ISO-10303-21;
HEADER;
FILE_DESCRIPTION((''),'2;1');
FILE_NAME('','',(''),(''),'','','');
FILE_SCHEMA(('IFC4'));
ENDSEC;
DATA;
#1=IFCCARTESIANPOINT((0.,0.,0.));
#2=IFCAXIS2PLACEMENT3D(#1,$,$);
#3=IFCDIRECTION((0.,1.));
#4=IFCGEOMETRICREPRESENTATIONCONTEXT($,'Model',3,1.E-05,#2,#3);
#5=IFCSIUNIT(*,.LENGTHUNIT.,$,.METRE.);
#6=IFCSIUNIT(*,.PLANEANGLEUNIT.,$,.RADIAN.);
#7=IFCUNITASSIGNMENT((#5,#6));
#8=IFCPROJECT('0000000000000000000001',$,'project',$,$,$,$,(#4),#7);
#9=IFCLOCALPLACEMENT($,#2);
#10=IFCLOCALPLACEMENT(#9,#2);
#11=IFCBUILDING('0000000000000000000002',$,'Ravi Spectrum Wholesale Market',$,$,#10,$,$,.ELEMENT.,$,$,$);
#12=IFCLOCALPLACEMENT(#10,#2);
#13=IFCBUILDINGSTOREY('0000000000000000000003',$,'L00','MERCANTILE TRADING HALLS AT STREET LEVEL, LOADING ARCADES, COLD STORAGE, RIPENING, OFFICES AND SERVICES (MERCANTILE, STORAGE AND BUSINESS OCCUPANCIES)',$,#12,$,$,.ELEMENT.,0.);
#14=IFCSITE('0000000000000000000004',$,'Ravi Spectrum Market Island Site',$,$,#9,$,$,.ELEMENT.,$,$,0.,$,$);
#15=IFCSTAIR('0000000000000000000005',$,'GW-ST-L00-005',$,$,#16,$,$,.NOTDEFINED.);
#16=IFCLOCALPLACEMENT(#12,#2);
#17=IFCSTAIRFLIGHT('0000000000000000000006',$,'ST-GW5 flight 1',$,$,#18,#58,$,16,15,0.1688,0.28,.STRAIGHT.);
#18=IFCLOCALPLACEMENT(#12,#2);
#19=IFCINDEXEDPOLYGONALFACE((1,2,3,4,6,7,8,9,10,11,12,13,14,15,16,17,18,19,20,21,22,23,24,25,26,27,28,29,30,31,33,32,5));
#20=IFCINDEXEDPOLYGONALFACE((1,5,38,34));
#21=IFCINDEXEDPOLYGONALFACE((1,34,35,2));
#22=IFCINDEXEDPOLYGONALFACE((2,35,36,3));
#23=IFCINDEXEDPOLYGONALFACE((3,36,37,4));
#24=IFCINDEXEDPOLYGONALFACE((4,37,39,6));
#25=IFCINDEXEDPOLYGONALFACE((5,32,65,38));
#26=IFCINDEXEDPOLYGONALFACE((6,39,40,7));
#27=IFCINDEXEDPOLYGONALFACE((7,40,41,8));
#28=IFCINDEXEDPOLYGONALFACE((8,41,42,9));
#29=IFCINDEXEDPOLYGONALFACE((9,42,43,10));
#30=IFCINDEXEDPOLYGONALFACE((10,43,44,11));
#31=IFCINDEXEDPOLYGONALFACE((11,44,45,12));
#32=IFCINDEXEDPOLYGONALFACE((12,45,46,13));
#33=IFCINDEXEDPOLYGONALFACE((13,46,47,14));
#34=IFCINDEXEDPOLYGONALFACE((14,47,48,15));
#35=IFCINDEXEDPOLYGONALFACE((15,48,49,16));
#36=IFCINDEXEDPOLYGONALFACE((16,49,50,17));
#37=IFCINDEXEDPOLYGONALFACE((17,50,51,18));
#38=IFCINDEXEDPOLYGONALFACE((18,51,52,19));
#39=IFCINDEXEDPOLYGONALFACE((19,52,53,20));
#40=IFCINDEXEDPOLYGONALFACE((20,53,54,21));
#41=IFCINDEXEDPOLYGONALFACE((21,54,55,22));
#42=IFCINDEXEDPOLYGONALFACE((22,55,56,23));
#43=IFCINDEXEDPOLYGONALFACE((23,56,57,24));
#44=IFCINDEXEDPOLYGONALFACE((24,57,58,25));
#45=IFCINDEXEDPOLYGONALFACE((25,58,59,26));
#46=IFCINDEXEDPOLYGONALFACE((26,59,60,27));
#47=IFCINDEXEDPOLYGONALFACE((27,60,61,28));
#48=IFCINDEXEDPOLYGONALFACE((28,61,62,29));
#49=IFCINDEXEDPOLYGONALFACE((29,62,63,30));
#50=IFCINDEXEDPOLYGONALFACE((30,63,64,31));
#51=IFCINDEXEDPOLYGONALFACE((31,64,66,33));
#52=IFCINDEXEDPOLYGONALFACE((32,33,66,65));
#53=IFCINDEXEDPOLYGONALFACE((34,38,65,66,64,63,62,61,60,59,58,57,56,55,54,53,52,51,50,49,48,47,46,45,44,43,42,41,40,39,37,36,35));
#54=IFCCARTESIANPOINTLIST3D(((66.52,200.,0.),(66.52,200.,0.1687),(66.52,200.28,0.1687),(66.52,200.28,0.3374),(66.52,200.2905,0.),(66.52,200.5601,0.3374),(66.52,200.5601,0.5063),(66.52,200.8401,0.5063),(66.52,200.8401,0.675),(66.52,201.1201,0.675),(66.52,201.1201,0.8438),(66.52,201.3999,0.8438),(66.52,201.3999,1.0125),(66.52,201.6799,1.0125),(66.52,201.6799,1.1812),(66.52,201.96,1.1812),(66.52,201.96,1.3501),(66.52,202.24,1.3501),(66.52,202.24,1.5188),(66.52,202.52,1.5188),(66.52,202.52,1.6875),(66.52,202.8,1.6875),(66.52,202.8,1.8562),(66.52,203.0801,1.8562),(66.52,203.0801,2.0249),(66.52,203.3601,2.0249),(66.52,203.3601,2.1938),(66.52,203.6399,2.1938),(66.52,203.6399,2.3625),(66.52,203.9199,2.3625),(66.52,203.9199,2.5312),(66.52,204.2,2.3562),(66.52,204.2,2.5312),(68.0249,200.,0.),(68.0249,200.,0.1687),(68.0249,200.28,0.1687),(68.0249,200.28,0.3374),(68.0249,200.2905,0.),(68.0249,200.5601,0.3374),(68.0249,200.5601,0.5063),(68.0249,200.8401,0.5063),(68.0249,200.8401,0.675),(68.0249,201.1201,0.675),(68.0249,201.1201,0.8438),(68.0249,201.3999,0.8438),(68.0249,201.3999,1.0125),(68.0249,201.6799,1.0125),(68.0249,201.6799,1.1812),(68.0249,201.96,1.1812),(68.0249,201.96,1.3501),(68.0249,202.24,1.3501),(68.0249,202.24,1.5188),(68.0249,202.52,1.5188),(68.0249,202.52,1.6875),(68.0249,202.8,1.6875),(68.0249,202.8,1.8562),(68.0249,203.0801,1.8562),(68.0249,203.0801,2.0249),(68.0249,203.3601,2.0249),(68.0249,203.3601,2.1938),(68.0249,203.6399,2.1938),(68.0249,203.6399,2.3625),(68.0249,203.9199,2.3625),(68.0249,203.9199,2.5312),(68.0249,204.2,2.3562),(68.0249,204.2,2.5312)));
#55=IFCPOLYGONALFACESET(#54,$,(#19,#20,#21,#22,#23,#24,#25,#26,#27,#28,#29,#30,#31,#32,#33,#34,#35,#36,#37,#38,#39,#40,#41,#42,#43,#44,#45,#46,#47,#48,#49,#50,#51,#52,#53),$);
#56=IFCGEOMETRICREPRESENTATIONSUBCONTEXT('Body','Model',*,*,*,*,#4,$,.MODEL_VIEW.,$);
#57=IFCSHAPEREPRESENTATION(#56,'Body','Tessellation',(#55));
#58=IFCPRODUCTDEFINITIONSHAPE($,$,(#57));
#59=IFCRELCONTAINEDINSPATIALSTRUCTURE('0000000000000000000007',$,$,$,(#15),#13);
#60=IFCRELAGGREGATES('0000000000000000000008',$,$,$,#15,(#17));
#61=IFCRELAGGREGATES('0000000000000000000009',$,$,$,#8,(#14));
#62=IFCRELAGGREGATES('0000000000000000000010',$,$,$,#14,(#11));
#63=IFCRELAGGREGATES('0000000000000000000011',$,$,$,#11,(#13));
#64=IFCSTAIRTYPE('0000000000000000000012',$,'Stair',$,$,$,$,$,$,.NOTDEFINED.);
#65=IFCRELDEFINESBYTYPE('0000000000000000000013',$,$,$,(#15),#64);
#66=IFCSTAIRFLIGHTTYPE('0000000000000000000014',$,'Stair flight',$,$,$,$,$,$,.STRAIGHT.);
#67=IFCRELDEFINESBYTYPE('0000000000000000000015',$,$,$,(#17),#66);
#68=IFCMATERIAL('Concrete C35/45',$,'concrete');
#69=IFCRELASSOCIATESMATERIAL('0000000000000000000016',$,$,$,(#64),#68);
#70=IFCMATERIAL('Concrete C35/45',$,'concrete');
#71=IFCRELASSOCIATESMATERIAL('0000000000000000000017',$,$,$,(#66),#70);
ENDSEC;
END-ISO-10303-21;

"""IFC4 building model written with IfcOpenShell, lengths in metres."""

from ifc_helpers import new_model, si_unit, direction, frame, origin, place, context, subcontext, project, spatial, polyline, outline, extrude, material, type_object, element, aggregate, save


model = new_model("IFC4")

# Units and contexts
model_context = context("Model", 3, precision=1e-05, world=origin(), true_north=direction((0.0, 1.0)))
body_context = subcontext(model_context, "Body", "Model", "MODEL_VIEW")
ifc_project = project(units=[si_unit("LENGTHUNIT", "METRE"), si_unit("PLANEANGLEUNIT", "RADIAN")], contexts=[model_context])

# Site, building, storey
site_placement = place(None, origin())
site = spatial("IfcSite", under=ifc_project, at=site_placement, Name="Ravi Spectrum Market Island Site", CompositionType="ELEMENT", RefElevation=0.0)
building_placement = place(site_placement, origin())
building = spatial("IfcBuilding", under=site, at=building_placement, Name="Ravi Spectrum Wholesale Market", CompositionType="ELEMENT")
storey_placement = place(building_placement, origin())
storey = spatial("IfcBuildingStorey", under=building, at=storey_placement, Name="L00", Description="MERCANTILE TRADING HALLS AT STREET LEVEL, LOADING ARCADES, COLD STORAGE, RIPENING, OFFICES AND SERVICES (MERCANTILE, STORAGE AND BUSINESS OCCUPANCIES)", CompositionType="ELEMENT", Elevation=0.0)

# Stair, stair flight
ifc_material_1 = material(Name="Concrete C35/45", Category="concrete")
stair_type = type_object("IfcStairType", Name="Stair", PredefinedType="NOTDEFINED", material=ifc_material_1)
ifc_material_2 = material(Name="Concrete C35/45", Category="concrete")
stair_flight_type = type_object("IfcStairFlightType", Name="Stair flight", PredefinedType="STRAIGHT", material=ifc_material_2)
stair_1_placement = place(storey_placement, origin())
stair_1 = element("IfcStair", 1, at=stair_1_placement, inside=storey, type_object=stair_type, Name="GW-ST-L00-005", PredefinedType="NOTDEFINED")
stair_flight_1_placement = place(storey_placement, frame((67.2725, 200.0, 0.0), z_axis=(0.0, 0.0, 1.0), x_axis=(0.0, 1.0, 0.0)))
stair_flight_1 = element("IfcStairFlight", 2, at=stair_flight_1_placement, type_object=stair_flight_type, Name="ST-GW5 flight 1", NumberOfRisers=16, NumberOfTreads=15, PredefinedType="STRAIGHT", RiserHeight=0.1688, TreadLength=0.28, context=body_context, shape_type="SweptSolid", body=[
    extrude(outline(polyline([(0.0, 0.0), (0.0, 0.1687), (0.28, 0.1687), (0.28, 0.3374), (0.5601, 0.3374), (0.5601, 0.5063), (0.8401, 0.5063), (0.8401, 0.675), (1.1201, 0.675), (1.1201, 0.8438), (1.3999, 0.8438), (1.3999, 1.0125), (1.6799, 1.0125), (1.6799, 1.1812), (1.96, 1.1812), (1.96, 1.3501), (2.24, 1.3501), (2.24, 1.5188), (2.52, 1.5188), (2.52, 1.6875), (2.8, 1.6875), (2.8, 1.8562), (3.0801, 1.8562), (3.0801, 2.0249), (3.3601, 2.0249), (3.3601, 2.1938), (3.6399, 2.1938), (3.6399, 2.3625), (3.9199, 2.3625), (3.9199, 2.5312), (4.2, 2.5312), (4.2, 2.7), (4.2, 2.3562), (0.2905, 0.0), (0.0, 0.0)])), frame((0.0, 0.7524, 0.0), z_axis=(0.0, -1.0, 0.0), x_axis=(1.0, 0.0, 0.0)), (0.0, 0.0, 1.0), 1.5049),
])
aggregate(stair_1, [stair_flight_1])

save(model, "model.ifc")
